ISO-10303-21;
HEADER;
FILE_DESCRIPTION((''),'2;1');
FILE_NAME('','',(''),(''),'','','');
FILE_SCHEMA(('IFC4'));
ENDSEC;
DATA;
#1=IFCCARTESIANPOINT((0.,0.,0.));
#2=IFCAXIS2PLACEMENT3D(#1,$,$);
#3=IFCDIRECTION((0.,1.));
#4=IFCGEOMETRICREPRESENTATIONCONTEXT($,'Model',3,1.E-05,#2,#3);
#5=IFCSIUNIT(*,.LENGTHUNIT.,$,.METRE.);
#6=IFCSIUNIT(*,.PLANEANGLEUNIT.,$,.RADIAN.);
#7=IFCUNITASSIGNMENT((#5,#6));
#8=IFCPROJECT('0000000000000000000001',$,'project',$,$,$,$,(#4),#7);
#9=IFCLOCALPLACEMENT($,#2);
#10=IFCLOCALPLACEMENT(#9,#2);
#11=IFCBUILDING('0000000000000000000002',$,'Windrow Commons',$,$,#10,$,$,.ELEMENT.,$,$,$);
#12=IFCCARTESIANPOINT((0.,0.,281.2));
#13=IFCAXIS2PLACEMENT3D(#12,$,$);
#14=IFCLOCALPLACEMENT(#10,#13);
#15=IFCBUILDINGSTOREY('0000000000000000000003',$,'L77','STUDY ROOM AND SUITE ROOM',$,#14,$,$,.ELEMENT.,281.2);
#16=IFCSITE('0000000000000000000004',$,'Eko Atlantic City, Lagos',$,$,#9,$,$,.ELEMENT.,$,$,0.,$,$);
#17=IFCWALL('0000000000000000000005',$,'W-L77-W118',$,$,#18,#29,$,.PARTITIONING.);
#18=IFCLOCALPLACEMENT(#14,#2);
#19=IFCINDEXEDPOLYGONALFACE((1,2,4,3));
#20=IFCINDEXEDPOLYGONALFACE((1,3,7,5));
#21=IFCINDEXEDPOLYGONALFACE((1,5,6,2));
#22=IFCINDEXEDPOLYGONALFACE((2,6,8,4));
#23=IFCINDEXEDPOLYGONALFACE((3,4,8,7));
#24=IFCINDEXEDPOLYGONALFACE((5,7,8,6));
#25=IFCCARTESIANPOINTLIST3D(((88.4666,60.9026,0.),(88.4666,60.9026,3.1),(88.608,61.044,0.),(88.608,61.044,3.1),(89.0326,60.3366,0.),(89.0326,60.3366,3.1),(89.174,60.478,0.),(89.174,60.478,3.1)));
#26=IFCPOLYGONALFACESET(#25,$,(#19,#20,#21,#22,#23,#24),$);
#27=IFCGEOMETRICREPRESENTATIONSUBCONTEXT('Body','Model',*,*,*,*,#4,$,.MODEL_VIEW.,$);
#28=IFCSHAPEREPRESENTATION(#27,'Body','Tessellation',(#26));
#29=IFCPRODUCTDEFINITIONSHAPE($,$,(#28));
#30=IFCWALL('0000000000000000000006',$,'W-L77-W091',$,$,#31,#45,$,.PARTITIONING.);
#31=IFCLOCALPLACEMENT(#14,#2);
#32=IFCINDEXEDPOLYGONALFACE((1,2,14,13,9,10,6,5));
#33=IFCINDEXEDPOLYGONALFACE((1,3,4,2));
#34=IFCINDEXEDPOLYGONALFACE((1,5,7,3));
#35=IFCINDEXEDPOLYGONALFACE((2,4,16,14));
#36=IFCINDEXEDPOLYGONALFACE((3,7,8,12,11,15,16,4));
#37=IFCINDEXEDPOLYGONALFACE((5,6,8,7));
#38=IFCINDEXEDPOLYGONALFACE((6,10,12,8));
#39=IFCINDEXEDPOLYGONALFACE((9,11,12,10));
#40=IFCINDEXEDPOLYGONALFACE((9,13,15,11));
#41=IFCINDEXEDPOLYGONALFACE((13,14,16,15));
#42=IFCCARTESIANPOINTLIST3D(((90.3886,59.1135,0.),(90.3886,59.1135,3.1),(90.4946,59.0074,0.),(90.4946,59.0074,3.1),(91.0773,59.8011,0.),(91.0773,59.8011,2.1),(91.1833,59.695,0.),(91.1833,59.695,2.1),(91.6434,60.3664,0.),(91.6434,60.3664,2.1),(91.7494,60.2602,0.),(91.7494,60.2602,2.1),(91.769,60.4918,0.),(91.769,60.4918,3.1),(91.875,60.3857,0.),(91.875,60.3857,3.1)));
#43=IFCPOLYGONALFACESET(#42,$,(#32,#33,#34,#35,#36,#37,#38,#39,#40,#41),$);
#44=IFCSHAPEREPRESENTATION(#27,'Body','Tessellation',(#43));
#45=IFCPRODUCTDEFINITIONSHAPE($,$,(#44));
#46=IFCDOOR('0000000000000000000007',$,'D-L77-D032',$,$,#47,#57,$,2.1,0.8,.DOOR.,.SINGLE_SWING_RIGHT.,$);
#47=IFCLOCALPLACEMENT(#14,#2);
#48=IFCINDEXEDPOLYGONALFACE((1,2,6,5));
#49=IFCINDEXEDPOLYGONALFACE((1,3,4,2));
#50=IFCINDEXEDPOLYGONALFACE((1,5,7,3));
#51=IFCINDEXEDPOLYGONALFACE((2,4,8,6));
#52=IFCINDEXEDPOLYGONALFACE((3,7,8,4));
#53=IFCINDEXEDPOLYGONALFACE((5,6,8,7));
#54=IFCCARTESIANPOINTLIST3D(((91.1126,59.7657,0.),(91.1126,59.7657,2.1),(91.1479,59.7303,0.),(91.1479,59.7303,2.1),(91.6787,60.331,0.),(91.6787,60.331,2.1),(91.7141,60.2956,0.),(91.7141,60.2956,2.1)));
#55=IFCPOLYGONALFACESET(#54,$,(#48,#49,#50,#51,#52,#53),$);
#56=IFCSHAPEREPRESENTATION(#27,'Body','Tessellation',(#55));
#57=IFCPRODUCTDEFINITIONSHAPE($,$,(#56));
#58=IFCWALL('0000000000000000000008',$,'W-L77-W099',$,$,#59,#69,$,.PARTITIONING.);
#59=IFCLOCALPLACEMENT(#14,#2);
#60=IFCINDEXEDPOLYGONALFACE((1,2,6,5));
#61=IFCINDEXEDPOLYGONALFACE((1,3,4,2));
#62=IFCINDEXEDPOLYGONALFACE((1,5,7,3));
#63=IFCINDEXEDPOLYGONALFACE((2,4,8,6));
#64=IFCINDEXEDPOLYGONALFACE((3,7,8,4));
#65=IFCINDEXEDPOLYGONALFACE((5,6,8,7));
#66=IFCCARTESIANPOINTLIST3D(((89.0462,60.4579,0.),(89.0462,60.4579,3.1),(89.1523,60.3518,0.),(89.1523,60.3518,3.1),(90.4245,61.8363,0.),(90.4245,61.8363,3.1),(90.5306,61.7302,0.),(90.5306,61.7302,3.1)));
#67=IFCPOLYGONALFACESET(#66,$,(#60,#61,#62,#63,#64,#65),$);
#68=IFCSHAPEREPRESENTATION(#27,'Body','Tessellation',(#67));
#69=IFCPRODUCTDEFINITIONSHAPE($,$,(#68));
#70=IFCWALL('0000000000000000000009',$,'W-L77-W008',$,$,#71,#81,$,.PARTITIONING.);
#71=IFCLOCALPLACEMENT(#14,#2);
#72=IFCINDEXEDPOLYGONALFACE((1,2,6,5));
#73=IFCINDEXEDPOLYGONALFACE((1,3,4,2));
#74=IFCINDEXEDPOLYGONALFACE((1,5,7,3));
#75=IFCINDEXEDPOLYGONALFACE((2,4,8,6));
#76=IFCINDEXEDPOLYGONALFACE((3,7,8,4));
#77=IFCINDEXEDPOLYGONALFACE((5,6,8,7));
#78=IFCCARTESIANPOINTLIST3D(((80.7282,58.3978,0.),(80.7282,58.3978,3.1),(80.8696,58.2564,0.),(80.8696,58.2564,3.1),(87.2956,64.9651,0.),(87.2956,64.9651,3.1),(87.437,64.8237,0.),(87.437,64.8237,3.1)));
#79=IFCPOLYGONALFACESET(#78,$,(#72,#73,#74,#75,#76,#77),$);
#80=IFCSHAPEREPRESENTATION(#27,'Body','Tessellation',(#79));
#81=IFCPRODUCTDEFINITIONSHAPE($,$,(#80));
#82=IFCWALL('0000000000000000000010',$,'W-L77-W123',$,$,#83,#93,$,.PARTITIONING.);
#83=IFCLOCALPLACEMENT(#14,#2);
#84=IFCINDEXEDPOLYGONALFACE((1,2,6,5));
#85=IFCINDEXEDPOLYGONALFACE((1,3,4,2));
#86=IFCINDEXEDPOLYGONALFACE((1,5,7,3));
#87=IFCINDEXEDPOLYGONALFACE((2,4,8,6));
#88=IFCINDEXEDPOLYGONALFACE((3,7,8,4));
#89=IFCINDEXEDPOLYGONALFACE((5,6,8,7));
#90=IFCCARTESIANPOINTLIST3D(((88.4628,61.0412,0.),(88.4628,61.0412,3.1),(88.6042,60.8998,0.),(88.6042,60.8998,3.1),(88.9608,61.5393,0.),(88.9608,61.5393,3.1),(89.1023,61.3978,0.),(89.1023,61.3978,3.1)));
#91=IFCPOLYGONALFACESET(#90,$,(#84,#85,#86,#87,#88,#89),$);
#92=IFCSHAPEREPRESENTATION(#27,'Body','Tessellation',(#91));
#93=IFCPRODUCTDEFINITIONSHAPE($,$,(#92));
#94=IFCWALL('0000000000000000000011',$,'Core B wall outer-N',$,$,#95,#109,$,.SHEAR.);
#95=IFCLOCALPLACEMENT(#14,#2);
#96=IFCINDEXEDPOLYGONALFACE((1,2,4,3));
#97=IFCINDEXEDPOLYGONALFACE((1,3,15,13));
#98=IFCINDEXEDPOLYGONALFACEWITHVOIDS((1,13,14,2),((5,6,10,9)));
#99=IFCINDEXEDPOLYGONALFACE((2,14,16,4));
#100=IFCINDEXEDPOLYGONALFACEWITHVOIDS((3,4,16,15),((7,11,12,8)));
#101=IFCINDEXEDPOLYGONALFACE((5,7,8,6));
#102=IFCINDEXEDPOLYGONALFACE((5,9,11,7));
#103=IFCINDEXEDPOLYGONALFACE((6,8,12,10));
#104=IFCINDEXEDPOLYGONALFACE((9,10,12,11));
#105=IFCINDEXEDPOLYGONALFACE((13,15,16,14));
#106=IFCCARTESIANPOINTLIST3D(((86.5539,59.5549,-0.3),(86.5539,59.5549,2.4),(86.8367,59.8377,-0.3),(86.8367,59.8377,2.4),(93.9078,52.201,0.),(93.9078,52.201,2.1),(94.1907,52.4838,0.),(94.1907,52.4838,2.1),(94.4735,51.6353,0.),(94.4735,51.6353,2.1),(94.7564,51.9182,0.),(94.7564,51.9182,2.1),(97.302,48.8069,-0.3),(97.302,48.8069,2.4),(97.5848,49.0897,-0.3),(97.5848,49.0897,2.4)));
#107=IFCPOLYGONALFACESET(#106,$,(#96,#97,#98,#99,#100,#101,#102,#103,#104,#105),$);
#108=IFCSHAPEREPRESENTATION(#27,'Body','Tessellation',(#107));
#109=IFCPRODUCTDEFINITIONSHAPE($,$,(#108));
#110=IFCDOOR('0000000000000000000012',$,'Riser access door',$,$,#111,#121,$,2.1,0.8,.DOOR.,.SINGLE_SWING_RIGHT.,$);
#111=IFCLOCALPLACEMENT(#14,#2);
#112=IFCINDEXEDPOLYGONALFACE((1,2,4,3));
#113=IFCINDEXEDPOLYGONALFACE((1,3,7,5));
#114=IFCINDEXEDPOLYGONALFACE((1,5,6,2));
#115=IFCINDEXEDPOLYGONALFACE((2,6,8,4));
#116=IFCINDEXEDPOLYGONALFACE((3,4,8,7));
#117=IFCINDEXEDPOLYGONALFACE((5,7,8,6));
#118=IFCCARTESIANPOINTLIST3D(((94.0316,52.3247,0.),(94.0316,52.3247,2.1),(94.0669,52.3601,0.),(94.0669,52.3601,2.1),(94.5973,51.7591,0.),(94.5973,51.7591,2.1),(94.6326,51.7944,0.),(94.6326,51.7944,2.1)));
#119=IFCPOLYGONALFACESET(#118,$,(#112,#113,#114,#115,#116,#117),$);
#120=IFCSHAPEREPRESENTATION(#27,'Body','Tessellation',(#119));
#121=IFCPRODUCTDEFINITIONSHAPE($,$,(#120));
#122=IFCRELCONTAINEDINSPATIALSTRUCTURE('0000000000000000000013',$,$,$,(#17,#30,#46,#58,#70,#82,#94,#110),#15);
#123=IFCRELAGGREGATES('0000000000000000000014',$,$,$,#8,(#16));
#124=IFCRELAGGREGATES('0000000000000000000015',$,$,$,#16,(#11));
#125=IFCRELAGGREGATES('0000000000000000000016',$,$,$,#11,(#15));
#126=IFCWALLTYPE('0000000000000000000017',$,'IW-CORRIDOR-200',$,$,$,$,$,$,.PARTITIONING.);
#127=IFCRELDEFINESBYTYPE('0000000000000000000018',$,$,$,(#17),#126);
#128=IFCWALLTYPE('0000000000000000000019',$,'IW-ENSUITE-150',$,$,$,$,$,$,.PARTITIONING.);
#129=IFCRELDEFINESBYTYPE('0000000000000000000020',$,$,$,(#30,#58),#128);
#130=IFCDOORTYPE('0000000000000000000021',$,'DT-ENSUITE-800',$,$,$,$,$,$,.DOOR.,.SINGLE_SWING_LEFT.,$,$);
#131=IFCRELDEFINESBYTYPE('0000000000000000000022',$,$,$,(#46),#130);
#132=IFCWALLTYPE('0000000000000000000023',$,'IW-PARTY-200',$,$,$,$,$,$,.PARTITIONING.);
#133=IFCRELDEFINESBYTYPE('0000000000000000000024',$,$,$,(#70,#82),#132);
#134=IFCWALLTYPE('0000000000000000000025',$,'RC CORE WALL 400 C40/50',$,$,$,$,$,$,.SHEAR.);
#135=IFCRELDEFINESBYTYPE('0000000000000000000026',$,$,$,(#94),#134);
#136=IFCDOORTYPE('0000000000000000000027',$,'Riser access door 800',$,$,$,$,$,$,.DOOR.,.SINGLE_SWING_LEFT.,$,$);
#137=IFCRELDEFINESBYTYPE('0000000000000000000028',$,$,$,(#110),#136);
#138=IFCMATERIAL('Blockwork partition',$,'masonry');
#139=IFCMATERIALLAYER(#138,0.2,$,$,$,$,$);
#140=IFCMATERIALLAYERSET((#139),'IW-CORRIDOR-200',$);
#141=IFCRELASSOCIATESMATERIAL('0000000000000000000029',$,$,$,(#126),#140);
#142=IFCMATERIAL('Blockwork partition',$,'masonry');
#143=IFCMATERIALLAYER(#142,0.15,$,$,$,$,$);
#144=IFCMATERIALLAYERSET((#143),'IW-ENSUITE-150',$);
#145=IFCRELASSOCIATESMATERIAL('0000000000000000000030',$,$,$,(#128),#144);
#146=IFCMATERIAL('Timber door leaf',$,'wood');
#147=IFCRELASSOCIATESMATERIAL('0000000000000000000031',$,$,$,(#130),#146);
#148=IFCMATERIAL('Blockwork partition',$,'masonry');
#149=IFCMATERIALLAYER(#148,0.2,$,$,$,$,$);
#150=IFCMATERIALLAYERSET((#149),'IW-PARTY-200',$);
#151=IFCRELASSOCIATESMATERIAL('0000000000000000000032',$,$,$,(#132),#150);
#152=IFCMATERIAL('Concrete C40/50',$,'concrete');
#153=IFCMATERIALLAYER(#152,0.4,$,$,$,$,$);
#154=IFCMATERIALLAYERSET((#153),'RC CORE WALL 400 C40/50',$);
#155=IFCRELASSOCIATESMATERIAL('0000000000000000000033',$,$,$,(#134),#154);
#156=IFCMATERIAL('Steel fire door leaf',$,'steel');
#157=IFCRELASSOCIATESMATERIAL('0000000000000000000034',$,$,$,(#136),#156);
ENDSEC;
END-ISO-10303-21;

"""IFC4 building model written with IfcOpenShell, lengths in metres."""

from ifc_helpers import new_model, si_unit, direction, frame, frame_2d, origin, place, context, subcontext, project, spatial, rectangle, extrude, material, layer, layer_set, type_object, element, fill, save


model = new_model("IFC4")

# Units and contexts
model_context = context("Model", 3, precision=1e-05, world=origin(), true_north=direction((0.0, 1.0)))
body_context = subcontext(model_context, "Body", "Model", "MODEL_VIEW")
ifc_project = project(units=[si_unit("LENGTHUNIT", "METRE"), si_unit("PLANEANGLEUNIT", "RADIAN")], contexts=[model_context])

# Site, building, storey
site_placement = place(None, origin())
site = spatial("IfcSite", under=ifc_project, at=site_placement, Name="Eko Atlantic City, Lagos", CompositionType="ELEMENT", RefElevation=0.0)
building_placement = place(site_placement, origin())
building = spatial("IfcBuilding", under=site, at=building_placement, Name="Windrow Commons", CompositionType="ELEMENT")
storey_placement = place(building_placement, frame((0.0, 0.0, 281.2)))
storey = spatial("IfcBuildingStorey", under=building, at=storey_placement, Name="L77", Description="STUDY ROOM AND SUITE ROOM", CompositionType="ELEMENT", Elevation=281.2)

# Shared definitions
ifc_material_1 = material(Name="Blockwork partition", Category="masonry")
ifc_layer_1 = layer(ifc_material_1, 0.2)
ifc_layer_set_1 = layer_set([ifc_layer_1], Name="IW-CORRIDOR-200")
wall_type_1 = type_object("IfcWallType", Name="IW-CORRIDOR-200", PredefinedType="PARTITIONING", material=ifc_layer_set_1)

# Wall
wall_1_placement = place(storey_placement, frame((88.5373, 60.9733, 0.0), z_axis=(0.0, 0.0, 1.0), x_axis=(0.707107, -0.707107, 0.0)))
element("IfcWall", 1, at=wall_1_placement, inside=storey, type_object=wall_type_1, Name="W-L77-W118", PredefinedType="PARTITIONING", context=body_context, shape_type="SweptSolid", body=[
    extrude(rectangle(XDim=0.8004, YDim=0.2, at=frame_2d((0.4002, 0.0))), origin(), (0.0, 0.0, 1.0), 3.1),
])

# Wall, opening, door
ifc_material_2 = material(Name="Blockwork partition", Category="masonry")
ifc_layer_2 = layer(ifc_material_2, 0.15)
ifc_layer_set_2 = layer_set([ifc_layer_2], Name="IW-ENSUITE-150")
wall_type_2 = type_object("IfcWallType", Name="IW-ENSUITE-150", PredefinedType="PARTITIONING", material=ifc_layer_set_2)
wall_2_placement = place(storey_placement, frame((90.4416, 59.0604, 0.0), z_axis=(0.0, 0.0, 1.0), x_axis=(0.707645, 0.706568, 0.0)))
wall_2 = element("IfcWall", 2, at=wall_2_placement, inside=storey, type_object=wall_type_2, Name="W-L77-W091", PredefinedType="PARTITIONING", context=body_context, shape_type="SweptSolid", body=[
    extrude(rectangle(XDim=1.9507, YDim=0.15, at=frame_2d((0.9754, 0.0))), origin(), (0.0, 0.0, 1.0), 3.1),
])
opening_1_placement = place(wall_2_placement, frame((0.9732, 0.0, 0.0)))
opening_1 = element("IfcOpeningElement", 3, at=opening_1_placement, cuts=wall_2, PredefinedType="OPENING", context=body_context, shape_type="SweptSolid", body=[
    extrude(rectangle(XDim=0.8, YDim=2.1, at=frame_2d((0.4, 1.05))), frame((0.0, 0.085, 0.0), z_axis=(0.0, -1.0, 0.0), x_axis=(1.0, 0.0, 0.0)), (0.0, 0.0, 1.0), 0.17),
])
ifc_material_3 = material(Name="Timber door leaf", Category="wood")
door_type_1 = type_object("IfcDoorType", Name="DT-ENSUITE-800", OperationType="SINGLE_SWING_LEFT", PredefinedType="DOOR", material=ifc_material_3)
door_1_placement = place(opening_1_placement, origin())
door_1 = element("IfcDoor", 4, at=door_1_placement, inside=storey, type_object=door_type_1, Name="D-L77-D032", OperationType="SINGLE_SWING_RIGHT", OverallHeight=2.1, OverallWidth=0.8, PredefinedType="DOOR", context=body_context, shape_type="SweptSolid", body=[
    extrude(rectangle(XDim=0.8, YDim=2.1, at=frame_2d((0.4, 1.05))), frame((0.0, 0.025, 0.0), z_axis=(0.0, -1.0, 0.0), x_axis=(1.0, 0.0, 0.0)), (0.0, 0.0, 1.0), 0.05),
])
fill(opening_1, door_1)

# Walls
wall_3_placement = place(storey_placement, frame((89.0992, 60.4048, 0.0), z_axis=(0.0, 0.0, 1.0), x_axis=(0.707081, 0.707132, 0.0)))
element("IfcWall", 5, at=wall_3_placement, inside=storey, type_object=wall_type_2, Name="W-L77-W099", PredefinedType="PARTITIONING", context=body_context, shape_type="SweptSolid", body=[
    extrude(rectangle(XDim=1.9493, YDim=0.15, at=frame_2d((0.9747, 0.0))), origin(), (0.0, 0.0, 1.0), 3.1),
])
ifc_material_4 = material(Name="Blockwork partition", Category="masonry")
ifc_layer_3 = layer(ifc_material_4, 0.2)
ifc_layer_set_3 = layer_set([ifc_layer_3], Name="IW-PARTY-200")
wall_type_3 = type_object("IfcWallType", Name="IW-PARTY-200", PredefinedType="PARTITIONING", material=ifc_layer_set_3)
wall_4_placement = place(storey_placement, frame((80.7989, 58.3271, 0.0), z_axis=(0.0, 0.0, 1.0), x_axis=(0.707112, 0.707101, 0.0)))
element("IfcWall", 6, at=wall_4_placement, inside=storey, type_object=wall_type_3, Name="W-L77-W008", PredefinedType="PARTITIONING", context=body_context, shape_type="SweptSolid", body=[
    extrude(rectangle(XDim=9.2876, YDim=0.2, at=frame_2d((4.6438, 0.0))), origin(), (0.0, 0.0, 1.0), 3.1),
])
wall_5_placement = place(storey_placement, frame((88.5335, 60.9705, 0.0), z_axis=(0.0, 0.0, 1.0), x_axis=(0.707107, 0.707107, 0.0)))
element("IfcWall", 7, at=wall_5_placement, inside=storey, type_object=wall_type_3, Name="W-L77-W123", PredefinedType="PARTITIONING", context=body_context, shape_type="SweptSolid", body=[
    extrude(rectangle(XDim=0.7043, YDim=0.2, at=frame_2d((0.3522, 0.0))), origin(), (0.0, 0.0, 1.0), 3.1),
])

# Wall, opening, door
ifc_material_5 = material(Name="Concrete C40/50", Category="concrete")
ifc_layer_4 = layer(ifc_material_5, 0.4)
ifc_layer_set_4 = layer_set([ifc_layer_4], Name="RC CORE WALL 400 C40/50")
wall_type_4 = type_object("IfcWallType", Name="RC CORE WALL 400 C40/50", PredefinedType="SHEAR", material=ifc_layer_set_4)
wall_6_placement = place(storey_placement, frame((86.6953, 59.6963, -0.3), z_axis=(0.0, 0.0, 1.0), x_axis=(0.70711, -0.707103, 0.0)))
wall_6 = element("IfcWall", 8, at=wall_6_placement, inside=storey, type_object=wall_type_4, Name="Core B wall outer-N", PredefinedType="SHEAR", context=body_context, shape_type="SweptSolid", body=[
    extrude(rectangle(XDim=15.2, YDim=0.4, at=frame_2d((7.6, 0.0))), origin(), (0.0, 0.0, 1.0), 2.7),
])
opening_2_placement = place(wall_6_placement, frame((10.4, 0.0, 0.3)))
opening_2 = element("IfcOpeningElement", 9, at=opening_2_placement, cuts=wall_6, PredefinedType="OPENING", context=body_context, shape_type="SweptSolid", body=[
    extrude(rectangle(XDim=0.8, YDim=2.1, at=frame_2d((0.4, 1.05))), frame((0.0, 0.21, 0.0), z_axis=(0.0, -1.0, 0.0), x_axis=(1.0, 0.0, 0.0)), (0.0, 0.0, 1.0), 0.42),
])
ifc_material_6 = material(Name="Steel fire door leaf", Category="steel")
door_type_2 = type_object("IfcDoorType", Name="Riser access door 800", OperationType="SINGLE_SWING_LEFT", PredefinedType="DOOR", material=ifc_material_6)
door_2_placement = place(opening_2_placement, origin())
door_2 = element("IfcDoor", 10, at=door_2_placement, inside=storey, type_object=door_type_2, Name="Riser access door", OperationType="SINGLE_SWING_RIGHT", OverallHeight=2.1, OverallWidth=0.8, PredefinedType="DOOR", context=body_context, shape_type="SweptSolid", body=[
    extrude(rectangle(XDim=0.8, YDim=2.1, at=frame_2d((0.4, 1.05))), frame((0.0, 0.025, 0.0), z_axis=(0.0, -1.0, 0.0), x_axis=(1.0, 0.0, 0.0)), (0.0, 0.0, 1.0), 0.05),
])
fill(opening_2, door_2)

save(model, "model.ifc")
